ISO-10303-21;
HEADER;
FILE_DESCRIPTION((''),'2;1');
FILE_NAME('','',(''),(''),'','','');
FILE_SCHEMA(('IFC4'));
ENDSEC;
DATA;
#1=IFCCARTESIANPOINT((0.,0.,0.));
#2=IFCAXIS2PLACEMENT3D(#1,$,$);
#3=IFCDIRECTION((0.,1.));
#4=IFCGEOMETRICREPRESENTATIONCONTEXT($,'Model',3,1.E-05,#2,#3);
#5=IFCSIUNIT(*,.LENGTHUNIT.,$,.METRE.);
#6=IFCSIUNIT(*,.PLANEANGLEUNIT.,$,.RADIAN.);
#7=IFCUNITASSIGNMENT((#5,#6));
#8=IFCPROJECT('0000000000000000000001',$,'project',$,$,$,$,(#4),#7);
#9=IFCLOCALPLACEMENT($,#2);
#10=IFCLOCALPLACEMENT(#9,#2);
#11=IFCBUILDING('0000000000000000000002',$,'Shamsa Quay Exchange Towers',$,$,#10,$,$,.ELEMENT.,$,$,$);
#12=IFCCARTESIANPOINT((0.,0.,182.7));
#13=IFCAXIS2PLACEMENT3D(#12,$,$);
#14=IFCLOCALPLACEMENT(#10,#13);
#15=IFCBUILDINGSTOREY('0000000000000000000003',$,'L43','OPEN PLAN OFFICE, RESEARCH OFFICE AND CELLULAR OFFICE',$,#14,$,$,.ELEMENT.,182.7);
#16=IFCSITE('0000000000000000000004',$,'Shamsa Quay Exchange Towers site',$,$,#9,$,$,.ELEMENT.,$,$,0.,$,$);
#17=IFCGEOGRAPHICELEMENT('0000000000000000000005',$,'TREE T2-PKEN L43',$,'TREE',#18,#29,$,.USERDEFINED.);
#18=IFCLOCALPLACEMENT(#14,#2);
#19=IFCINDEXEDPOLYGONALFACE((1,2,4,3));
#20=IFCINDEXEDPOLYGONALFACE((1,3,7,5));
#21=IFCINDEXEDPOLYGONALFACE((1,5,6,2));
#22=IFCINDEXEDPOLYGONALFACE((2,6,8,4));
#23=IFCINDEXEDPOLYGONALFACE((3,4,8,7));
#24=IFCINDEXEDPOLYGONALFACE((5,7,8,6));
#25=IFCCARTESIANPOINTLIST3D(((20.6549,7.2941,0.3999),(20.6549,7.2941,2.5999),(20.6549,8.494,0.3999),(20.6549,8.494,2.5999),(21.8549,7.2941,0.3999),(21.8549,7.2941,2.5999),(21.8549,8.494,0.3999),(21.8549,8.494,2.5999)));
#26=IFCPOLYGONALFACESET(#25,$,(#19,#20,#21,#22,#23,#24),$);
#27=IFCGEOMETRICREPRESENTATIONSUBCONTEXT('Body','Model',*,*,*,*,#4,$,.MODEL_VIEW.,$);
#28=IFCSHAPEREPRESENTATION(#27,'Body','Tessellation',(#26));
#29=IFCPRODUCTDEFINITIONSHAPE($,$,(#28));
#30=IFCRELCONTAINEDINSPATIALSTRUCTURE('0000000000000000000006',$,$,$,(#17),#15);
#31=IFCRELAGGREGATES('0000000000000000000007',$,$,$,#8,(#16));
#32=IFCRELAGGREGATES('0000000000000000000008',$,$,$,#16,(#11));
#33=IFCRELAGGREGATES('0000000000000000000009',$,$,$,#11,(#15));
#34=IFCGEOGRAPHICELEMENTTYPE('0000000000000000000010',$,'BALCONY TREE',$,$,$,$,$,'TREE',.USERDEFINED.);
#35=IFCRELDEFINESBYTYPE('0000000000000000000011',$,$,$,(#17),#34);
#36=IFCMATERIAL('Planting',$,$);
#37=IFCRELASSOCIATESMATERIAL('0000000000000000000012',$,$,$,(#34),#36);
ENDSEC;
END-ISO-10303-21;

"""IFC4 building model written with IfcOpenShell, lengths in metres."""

from ifc_helpers import new_model, si_unit, direction, frame, origin, origin_2d, place, context, subcontext, project, spatial, rectangle, extrude, material, type_object, element, save


model = new_model("IFC4")

# Units and contexts
model_context = context("Model", 3, precision=1e-05, world=origin(), true_north=direction((0.0, 1.0)))
body_context = subcontext(model_context, "Body", "Model", "MODEL_VIEW")
ifc_project = project(units=[si_unit("LENGTHUNIT", "METRE"), si_unit("PLANEANGLEUNIT", "RADIAN")], contexts=[model_context])

# Site, building, storey
site_placement = place(None, origin())
site = spatial("IfcSite", under=ifc_project, at=site_placement, Name="Shamsa Quay Exchange Towers site", CompositionType="ELEMENT", RefElevation=0.0)
building_placement = place(site_placement, origin())
building = spatial("IfcBuilding", under=site, at=building_placement, Name="Shamsa Quay Exchange Towers", CompositionType="ELEMENT")
storey_placement = place(building_placement, frame((0.0, 0.0, 182.7)))
storey = spatial("IfcBuildingStorey", under=building, at=storey_placement, Name="L43", Description="OPEN PLAN OFFICE, RESEARCH OFFICE AND CELLULAR OFFICE", CompositionType="ELEMENT", Elevation=182.7)

# Geographic element
ifc_material_1 = material(Name="Planting")
geographic_element_type = type_object("IfcGeographicElementType", Name="BALCONY TREE", ElementType="TREE", PredefinedType="USERDEFINED", material=ifc_material_1)
geographic_element_placement = place(storey_placement, frame((21.2549, 7.894, 0.3999), z_axis=(0.0, 0.0, 1.0), x_axis=(0.0, -1.0, 0.0)))
element("IfcGeographicElement", 1, at=geographic_element_placement, inside=storey, type_object=geographic_element_type, Name="TREE T2-PKEN L43", ObjectType="TREE", PredefinedType="USERDEFINED", context=body_context, shape_type="SweptSolid", body=[
    extrude(rectangle(XDim=1.2, YDim=1.2, at=origin_2d()), origin(), (0.0, 0.0, 1.0), 2.2),
])

save(model, "model.ifc")
